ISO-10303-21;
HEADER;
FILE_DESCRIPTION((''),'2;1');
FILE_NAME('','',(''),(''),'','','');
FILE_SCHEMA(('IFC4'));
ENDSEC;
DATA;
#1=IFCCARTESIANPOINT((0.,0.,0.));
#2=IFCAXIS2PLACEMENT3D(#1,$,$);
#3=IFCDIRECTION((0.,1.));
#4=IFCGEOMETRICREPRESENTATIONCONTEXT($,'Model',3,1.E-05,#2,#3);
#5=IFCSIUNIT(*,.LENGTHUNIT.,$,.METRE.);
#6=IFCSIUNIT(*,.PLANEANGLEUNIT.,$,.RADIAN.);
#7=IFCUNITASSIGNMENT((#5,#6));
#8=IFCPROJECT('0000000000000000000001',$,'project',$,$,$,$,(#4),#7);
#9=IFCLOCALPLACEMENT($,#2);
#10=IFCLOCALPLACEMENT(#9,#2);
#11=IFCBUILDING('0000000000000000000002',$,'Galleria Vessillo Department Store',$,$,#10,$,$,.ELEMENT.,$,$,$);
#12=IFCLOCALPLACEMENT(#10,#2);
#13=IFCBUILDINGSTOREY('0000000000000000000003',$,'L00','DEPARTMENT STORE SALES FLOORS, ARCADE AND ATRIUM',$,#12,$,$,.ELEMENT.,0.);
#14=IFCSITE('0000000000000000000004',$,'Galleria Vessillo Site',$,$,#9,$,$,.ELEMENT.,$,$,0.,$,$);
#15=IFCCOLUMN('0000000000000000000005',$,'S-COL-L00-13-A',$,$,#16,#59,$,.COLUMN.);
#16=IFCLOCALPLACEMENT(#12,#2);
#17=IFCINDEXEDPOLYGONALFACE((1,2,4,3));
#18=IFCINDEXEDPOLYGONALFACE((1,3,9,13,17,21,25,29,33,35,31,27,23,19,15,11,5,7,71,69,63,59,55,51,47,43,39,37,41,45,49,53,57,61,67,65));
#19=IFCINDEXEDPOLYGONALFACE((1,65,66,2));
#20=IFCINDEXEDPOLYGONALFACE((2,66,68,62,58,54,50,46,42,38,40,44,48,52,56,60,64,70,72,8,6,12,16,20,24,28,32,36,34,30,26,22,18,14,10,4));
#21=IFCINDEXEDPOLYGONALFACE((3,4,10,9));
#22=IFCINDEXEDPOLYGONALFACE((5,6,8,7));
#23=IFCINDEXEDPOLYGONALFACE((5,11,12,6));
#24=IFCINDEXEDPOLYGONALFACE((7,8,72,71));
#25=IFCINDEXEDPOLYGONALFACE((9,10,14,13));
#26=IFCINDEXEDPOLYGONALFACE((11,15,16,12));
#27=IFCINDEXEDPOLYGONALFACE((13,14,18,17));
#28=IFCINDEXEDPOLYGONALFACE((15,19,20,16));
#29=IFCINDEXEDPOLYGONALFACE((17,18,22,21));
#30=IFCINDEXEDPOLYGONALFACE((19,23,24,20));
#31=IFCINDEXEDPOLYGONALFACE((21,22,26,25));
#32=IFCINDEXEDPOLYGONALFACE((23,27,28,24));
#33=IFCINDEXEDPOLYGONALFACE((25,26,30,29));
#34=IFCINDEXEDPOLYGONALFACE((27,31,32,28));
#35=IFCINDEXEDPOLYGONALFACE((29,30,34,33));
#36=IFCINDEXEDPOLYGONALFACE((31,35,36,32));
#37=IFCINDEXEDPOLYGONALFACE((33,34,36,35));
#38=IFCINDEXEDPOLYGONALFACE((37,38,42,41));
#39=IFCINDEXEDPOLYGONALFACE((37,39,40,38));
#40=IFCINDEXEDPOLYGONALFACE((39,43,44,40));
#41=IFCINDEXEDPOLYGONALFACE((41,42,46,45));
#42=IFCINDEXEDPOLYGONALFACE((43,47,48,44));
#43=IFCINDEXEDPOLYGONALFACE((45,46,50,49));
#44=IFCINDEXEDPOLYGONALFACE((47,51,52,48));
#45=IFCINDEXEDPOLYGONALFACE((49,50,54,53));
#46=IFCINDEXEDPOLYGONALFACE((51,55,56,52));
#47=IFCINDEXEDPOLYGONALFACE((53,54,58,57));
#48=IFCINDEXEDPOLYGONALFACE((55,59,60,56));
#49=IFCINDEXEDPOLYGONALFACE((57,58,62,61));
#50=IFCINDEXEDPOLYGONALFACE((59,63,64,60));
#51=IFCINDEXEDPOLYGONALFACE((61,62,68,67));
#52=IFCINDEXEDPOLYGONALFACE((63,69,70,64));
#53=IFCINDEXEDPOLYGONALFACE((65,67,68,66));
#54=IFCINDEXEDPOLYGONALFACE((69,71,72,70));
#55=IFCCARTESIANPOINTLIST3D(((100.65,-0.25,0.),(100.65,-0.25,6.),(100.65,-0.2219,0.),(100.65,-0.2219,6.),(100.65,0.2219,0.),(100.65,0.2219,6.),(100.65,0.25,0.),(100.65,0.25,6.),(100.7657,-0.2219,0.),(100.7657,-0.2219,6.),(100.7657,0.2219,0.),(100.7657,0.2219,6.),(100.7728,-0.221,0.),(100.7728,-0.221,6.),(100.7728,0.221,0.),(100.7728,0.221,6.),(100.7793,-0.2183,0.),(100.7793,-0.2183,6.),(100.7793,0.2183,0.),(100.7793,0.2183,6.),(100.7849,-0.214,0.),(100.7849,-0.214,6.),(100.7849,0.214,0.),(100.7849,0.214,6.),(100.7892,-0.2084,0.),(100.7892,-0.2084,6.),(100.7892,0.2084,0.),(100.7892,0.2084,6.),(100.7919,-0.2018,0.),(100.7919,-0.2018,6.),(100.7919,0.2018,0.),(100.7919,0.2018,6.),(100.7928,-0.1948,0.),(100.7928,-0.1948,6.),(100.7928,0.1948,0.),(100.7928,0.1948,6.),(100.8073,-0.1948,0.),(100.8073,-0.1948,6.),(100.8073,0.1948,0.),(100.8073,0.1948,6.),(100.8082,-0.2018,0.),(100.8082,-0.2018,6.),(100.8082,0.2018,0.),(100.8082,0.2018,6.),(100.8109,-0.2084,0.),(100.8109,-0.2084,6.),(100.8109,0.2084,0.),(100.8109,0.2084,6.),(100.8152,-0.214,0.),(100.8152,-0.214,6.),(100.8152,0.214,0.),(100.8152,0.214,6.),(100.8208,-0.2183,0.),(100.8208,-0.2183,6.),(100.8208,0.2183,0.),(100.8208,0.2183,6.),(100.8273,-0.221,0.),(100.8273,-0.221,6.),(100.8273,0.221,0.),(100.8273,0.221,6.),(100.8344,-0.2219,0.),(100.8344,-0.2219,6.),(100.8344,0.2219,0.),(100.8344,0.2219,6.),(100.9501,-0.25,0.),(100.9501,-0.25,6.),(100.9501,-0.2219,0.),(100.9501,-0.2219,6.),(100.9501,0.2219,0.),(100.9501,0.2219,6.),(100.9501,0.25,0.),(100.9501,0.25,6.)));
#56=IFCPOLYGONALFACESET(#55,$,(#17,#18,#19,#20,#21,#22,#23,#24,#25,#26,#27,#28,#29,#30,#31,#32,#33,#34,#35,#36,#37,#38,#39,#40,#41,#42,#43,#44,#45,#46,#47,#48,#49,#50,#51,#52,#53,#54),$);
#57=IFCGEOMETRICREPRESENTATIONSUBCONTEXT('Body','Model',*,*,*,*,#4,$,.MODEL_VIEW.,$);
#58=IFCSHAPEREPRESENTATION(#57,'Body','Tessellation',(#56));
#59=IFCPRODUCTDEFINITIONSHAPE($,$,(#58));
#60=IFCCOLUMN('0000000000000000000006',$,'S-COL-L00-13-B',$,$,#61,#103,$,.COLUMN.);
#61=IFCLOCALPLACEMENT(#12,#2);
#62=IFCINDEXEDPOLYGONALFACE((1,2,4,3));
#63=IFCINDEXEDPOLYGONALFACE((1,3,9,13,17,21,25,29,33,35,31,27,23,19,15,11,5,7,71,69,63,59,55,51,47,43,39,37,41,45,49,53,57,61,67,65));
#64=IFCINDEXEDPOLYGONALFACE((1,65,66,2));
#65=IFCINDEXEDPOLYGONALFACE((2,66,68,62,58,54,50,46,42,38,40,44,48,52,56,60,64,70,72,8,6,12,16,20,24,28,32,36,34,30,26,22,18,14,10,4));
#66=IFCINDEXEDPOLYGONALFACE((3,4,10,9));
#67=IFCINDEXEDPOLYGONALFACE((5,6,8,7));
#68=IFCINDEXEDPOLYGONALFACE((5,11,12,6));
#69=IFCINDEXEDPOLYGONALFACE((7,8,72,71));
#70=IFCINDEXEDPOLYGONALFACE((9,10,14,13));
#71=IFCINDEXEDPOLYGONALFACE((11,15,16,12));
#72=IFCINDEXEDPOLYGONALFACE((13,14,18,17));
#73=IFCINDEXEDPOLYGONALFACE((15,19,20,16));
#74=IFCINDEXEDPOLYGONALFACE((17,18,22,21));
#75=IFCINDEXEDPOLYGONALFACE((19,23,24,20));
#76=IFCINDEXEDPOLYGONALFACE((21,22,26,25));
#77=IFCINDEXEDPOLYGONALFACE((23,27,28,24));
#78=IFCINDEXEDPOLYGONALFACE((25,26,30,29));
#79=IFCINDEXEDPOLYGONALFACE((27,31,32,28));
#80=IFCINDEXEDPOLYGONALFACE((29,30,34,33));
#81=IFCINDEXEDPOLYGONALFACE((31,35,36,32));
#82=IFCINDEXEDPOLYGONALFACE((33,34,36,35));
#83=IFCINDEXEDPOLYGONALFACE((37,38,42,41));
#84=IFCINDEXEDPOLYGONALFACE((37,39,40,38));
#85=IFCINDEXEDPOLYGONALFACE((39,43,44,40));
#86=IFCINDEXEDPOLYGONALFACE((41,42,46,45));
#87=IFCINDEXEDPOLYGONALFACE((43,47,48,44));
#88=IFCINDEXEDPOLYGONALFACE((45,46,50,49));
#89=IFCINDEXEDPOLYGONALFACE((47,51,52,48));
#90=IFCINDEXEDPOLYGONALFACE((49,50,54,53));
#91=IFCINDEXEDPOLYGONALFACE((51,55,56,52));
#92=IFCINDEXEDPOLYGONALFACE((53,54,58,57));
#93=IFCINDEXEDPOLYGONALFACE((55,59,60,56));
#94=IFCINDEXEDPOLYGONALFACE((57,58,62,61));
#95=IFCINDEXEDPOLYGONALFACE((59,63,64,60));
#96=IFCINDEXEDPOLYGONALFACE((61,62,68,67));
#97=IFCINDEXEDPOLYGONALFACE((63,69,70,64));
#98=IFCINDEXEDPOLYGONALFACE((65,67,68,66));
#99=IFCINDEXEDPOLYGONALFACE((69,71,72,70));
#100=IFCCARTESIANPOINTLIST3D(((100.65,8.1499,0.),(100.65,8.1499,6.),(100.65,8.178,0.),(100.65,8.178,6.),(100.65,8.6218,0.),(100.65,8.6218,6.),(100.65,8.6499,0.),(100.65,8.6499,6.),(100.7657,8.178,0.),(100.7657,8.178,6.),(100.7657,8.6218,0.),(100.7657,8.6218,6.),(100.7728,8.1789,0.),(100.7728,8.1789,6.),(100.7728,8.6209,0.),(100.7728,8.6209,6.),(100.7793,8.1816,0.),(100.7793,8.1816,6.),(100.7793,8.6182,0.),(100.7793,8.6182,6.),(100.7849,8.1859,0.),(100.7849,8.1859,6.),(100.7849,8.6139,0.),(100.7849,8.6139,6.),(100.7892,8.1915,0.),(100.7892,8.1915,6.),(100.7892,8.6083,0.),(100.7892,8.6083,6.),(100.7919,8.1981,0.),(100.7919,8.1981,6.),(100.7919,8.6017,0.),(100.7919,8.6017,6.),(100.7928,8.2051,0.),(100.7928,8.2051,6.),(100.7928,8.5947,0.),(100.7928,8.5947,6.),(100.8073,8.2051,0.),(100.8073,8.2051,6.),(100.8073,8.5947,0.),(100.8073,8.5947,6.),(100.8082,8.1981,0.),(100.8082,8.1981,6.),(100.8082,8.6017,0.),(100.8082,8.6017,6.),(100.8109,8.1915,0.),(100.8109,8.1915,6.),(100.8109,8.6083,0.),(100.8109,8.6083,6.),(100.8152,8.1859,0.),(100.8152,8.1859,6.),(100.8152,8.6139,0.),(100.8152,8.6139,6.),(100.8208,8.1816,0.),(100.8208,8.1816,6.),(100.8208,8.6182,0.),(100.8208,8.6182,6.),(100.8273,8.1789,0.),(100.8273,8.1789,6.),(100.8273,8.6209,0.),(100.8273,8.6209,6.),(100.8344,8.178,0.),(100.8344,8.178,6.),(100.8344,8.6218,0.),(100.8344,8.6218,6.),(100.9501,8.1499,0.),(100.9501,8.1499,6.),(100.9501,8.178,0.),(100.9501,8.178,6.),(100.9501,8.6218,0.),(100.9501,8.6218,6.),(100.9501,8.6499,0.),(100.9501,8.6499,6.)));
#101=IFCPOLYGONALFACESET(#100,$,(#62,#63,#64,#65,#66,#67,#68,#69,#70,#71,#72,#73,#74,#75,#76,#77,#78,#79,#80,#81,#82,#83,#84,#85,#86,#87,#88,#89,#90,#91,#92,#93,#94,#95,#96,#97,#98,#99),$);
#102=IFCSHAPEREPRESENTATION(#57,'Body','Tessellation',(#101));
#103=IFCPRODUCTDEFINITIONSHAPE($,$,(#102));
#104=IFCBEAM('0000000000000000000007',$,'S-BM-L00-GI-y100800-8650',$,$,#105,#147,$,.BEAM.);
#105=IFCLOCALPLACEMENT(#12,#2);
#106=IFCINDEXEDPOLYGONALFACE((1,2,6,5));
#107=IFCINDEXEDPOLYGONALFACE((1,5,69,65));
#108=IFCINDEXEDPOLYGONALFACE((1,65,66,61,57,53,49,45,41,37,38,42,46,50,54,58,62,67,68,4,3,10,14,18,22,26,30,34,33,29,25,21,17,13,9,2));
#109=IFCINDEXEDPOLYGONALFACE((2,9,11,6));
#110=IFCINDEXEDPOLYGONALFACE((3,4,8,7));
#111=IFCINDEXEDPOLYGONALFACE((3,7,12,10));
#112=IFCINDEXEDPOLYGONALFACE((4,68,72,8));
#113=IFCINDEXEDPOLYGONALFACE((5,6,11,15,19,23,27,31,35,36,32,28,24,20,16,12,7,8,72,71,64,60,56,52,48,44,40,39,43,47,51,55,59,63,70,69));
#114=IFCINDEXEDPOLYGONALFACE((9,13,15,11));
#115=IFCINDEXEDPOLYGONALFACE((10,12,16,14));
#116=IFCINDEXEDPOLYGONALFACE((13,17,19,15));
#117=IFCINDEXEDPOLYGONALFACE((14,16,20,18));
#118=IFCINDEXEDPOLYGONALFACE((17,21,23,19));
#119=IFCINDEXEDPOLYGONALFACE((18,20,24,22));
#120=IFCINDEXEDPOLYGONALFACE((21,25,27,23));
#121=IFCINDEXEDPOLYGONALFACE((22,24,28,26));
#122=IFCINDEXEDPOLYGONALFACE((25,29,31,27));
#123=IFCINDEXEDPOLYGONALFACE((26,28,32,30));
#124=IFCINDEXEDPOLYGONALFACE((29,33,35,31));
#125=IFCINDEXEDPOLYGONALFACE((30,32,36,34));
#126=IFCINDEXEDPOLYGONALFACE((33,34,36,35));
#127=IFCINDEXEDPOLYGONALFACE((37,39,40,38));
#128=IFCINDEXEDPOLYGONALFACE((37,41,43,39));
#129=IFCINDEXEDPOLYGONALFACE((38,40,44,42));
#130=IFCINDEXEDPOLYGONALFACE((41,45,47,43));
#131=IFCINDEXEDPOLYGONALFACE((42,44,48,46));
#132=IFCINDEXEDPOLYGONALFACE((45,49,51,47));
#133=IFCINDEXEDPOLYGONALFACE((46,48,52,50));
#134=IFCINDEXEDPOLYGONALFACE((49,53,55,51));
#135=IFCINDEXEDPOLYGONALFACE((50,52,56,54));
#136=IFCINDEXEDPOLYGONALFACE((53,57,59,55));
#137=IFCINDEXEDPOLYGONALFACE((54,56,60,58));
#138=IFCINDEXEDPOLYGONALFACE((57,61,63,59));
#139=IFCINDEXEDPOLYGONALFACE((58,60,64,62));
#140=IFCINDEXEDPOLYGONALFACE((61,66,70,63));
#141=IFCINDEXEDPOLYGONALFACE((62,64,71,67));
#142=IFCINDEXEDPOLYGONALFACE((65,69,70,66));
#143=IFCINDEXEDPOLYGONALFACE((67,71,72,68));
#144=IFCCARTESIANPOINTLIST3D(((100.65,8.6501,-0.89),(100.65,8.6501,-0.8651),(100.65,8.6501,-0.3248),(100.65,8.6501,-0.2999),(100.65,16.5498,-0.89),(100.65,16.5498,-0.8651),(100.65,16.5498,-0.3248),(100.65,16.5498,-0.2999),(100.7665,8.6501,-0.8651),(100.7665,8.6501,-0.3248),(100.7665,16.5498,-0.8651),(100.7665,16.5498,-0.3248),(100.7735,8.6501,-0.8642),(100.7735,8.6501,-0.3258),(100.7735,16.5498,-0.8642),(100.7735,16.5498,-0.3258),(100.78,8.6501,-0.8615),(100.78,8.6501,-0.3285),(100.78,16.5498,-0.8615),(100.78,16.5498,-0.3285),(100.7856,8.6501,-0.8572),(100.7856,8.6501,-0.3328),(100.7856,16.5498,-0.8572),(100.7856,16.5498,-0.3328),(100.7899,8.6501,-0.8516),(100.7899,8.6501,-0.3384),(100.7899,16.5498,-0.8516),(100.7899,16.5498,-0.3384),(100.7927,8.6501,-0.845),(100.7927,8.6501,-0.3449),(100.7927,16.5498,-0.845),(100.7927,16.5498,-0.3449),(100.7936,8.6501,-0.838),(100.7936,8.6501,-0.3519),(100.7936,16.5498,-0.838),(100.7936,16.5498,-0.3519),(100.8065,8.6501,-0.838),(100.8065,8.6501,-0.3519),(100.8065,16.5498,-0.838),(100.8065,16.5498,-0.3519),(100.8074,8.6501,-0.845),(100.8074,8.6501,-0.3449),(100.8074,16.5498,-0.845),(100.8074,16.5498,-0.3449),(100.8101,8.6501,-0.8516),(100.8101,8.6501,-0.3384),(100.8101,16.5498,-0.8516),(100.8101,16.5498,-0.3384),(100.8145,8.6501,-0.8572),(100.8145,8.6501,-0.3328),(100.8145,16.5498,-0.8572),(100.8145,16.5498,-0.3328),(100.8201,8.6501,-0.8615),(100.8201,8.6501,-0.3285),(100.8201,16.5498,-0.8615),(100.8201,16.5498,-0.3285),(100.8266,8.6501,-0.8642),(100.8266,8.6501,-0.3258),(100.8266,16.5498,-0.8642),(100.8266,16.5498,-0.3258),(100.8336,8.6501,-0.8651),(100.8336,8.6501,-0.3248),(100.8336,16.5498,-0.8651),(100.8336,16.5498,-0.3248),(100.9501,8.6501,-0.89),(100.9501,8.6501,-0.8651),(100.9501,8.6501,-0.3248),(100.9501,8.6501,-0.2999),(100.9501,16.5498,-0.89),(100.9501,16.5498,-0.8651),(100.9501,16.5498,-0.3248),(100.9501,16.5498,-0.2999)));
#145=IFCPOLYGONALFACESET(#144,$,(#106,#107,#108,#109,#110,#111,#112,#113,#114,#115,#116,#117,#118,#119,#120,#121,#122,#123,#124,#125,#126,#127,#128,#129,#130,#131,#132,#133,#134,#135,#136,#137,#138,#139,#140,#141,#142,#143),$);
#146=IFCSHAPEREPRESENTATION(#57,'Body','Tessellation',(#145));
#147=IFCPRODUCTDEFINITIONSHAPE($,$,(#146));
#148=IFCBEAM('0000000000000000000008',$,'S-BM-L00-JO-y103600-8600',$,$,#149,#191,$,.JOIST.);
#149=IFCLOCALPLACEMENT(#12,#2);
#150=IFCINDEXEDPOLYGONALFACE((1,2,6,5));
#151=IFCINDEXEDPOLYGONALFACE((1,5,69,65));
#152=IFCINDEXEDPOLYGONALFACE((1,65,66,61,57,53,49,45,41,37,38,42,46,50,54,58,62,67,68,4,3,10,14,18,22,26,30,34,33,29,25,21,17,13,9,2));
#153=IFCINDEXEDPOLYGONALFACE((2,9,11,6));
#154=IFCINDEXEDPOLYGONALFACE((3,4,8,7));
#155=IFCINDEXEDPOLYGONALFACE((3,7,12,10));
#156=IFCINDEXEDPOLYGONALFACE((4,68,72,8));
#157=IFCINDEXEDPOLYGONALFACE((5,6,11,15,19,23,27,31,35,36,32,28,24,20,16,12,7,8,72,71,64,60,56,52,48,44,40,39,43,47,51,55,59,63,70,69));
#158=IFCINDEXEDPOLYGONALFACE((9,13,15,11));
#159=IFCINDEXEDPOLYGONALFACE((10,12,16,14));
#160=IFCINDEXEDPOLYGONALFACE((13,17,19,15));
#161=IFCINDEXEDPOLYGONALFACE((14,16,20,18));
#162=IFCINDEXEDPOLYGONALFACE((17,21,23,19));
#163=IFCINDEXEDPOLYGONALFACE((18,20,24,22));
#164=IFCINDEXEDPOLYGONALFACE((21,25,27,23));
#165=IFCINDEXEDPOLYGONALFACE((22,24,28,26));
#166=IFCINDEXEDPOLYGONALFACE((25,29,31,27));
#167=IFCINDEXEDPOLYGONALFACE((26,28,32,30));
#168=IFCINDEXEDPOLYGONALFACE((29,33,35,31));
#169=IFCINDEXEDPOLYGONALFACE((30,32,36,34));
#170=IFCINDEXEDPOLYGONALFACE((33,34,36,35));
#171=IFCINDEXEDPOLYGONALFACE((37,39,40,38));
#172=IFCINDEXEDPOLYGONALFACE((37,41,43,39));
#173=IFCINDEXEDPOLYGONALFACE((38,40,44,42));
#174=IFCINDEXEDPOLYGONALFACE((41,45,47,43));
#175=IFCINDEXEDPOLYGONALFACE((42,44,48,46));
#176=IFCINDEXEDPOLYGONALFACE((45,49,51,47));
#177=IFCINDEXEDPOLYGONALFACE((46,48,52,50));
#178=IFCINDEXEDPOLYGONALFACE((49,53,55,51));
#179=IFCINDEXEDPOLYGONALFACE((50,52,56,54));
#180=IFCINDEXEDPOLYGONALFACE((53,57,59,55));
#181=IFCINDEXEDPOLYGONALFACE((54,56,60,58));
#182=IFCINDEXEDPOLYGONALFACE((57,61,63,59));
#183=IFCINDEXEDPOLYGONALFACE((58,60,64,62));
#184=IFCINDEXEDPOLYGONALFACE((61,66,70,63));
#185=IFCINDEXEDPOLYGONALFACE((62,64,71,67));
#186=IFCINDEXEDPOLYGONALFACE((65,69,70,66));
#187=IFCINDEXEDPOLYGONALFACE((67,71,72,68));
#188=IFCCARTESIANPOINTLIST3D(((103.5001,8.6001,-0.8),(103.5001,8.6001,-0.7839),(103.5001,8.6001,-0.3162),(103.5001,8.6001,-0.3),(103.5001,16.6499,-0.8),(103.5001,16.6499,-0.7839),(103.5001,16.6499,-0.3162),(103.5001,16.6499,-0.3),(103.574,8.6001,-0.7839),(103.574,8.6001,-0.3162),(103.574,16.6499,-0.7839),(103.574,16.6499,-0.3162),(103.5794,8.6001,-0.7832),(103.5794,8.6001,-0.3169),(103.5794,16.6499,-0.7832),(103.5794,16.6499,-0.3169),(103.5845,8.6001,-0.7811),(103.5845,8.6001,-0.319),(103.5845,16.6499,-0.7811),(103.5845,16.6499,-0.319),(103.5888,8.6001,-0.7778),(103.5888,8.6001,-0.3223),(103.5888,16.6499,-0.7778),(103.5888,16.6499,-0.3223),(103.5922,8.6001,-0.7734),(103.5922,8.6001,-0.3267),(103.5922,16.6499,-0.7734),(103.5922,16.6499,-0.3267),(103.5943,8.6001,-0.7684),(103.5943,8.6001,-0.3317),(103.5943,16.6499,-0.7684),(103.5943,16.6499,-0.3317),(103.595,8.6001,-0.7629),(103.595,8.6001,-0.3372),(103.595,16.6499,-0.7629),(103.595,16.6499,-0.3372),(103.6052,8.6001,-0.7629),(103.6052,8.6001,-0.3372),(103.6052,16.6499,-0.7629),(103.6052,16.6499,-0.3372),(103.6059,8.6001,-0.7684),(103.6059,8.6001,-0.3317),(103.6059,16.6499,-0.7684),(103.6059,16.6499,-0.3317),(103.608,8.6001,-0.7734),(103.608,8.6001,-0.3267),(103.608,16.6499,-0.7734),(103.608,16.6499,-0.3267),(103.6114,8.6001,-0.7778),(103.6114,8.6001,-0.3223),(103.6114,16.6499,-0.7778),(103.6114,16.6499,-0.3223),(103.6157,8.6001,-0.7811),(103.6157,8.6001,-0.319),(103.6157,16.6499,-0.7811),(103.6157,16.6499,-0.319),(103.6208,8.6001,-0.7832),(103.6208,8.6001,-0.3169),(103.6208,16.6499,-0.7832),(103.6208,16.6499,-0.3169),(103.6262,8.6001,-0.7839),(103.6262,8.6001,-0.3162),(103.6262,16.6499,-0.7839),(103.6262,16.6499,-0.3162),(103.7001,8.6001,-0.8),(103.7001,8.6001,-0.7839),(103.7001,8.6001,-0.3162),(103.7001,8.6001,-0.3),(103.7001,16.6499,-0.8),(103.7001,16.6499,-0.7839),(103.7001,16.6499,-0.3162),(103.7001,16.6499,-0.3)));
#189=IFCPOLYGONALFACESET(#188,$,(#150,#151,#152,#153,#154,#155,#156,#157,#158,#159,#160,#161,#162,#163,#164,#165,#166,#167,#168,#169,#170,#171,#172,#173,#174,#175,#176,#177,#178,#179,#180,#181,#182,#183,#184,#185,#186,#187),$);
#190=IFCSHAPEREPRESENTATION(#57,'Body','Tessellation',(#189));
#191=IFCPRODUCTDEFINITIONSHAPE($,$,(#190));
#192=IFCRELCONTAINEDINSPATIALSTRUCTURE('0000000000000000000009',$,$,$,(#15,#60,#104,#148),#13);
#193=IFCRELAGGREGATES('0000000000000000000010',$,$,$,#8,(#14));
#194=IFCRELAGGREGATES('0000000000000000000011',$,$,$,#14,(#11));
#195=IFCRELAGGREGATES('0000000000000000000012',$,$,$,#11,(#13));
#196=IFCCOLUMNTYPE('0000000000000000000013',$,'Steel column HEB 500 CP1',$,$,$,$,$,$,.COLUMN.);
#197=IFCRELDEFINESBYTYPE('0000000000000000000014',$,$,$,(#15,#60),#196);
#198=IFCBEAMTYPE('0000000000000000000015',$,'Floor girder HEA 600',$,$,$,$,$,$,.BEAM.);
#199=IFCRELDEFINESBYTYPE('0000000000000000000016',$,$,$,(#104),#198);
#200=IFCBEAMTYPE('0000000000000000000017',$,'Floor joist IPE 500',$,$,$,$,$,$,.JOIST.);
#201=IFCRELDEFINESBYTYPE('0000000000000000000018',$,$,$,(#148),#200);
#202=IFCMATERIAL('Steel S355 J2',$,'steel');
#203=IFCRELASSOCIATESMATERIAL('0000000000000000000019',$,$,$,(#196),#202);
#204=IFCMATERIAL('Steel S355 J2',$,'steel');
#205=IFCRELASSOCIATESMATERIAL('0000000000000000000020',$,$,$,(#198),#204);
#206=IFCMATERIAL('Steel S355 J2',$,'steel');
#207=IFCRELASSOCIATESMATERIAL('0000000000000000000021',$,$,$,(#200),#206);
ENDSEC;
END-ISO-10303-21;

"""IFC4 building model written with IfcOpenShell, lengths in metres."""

from ifc_helpers import new_model, si_unit, direction, frame, origin, origin_2d, place, context, subcontext, project, spatial, i_section, extrude, material, material_profile, profile_set, type_object, element, save


model = new_model("IFC4")

# Units and contexts
model_context = context("Model", 3, precision=1e-05, world=origin(), true_north=direction((0.0, 1.0)))
body_context = subcontext(model_context, "Body", "Model", "MODEL_VIEW")
ifc_project = project(units=[si_unit("LENGTHUNIT", "METRE"), si_unit("PLANEANGLEUNIT", "RADIAN")], contexts=[model_context])

# Site, building, storey
site_placement = place(None, origin())
site = spatial("IfcSite", under=ifc_project, at=site_placement, Name="Galleria Vessillo Site", CompositionType="ELEMENT", RefElevation=0.0)
building_placement = place(site_placement, origin())
building = spatial("IfcBuilding", under=site, at=building_placement, Name="Galleria Vessillo Department Store", CompositionType="ELEMENT")
storey_placement = place(building_placement, origin())
storey = spatial("IfcBuildingStorey", under=building, at=storey_placement, Name="L00", Description="DEPARTMENT STORE SALES FLOORS, ARCADE AND ATRIUM", CompositionType="ELEMENT", Elevation=0.0)

# Columns
ifc_material_1 = material(Name="Steel S355 J2", Category="steel")
ifc_material_profile_1 = material_profile(ifc_material_1, i_section(OverallWidth=0.3, OverallDepth=0.5, WebThickness=0.0144, FlangeThickness=0.0281, FilletRadius=0.0271, at=origin_2d()), Name="HEB 500")
ifc_profile_set_1 = profile_set([ifc_material_profile_1], Name="Steel S355 J2")
column_type = type_object("IfcColumnType", Name="Steel column HEB 500 CP1", PredefinedType="COLUMN", material=ifc_profile_set_1)
for number, where, z_axis, x_axis, name in (
    (1, (100.8, 0.0, 0.0), (0.0, 0.0, 1.0), (1.0, 0.0, 0.0), "S-COL-L00-13-A"),
    (2, (100.8, 8.3999, 0.0), (0.0, 0.0, 1.0), (1.0, 0.0, 0.0), "S-COL-L00-13-B"),
):
    element("IfcColumn", number, at=place(storey_placement, frame(where, z_axis=z_axis, x_axis=x_axis)), inside=storey, type_object=column_type, Name=name, PredefinedType="COLUMN", context=body_context, shape_type="SweptSolid", body=[
        extrude(i_section(OverallWidth=0.3, OverallDepth=0.5, WebThickness=0.0144, FlangeThickness=0.0281, FilletRadius=0.0271, at=origin_2d()), origin(), (0.0, 0.0, 1.0), 6.0),
    ])

# Beams
ifc_material_2 = material(Name="Steel S355 J2", Category="steel")
ifc_material_profile_2 = material_profile(ifc_material_2, i_section(OverallWidth=0.3, OverallDepth=0.5901, WebThickness=0.0129, FlangeThickness=0.0249, FilletRadius=0.0271, at=origin_2d()), Name="HEA 600")
ifc_profile_set_2 = profile_set([ifc_material_profile_2], Name="Steel S355 J2")
beam_type_1 = type_object("IfcBeamType", Name="Floor girder HEA 600", PredefinedType="BEAM", material=ifc_profile_set_2)
beam_placement = place(storey_placement, frame((100.8, 8.6501, -0.595), z_axis=(0.0, 1.0, 0.0), x_axis=(-1.0, 0.0, 0.0)))
element("IfcBeam", 3, at=beam_placement, inside=storey, type_object=beam_type_1, Name="S-BM-L00-GI-y100800-8650", PredefinedType="BEAM", context=body_context, shape_type="SweptSolid", body=[
    extrude(i_section(OverallWidth=0.3, OverallDepth=0.5901, WebThickness=0.0129, FlangeThickness=0.0249, FilletRadius=0.0271, at=origin_2d()), origin(), (0.0, 0.0, 1.0), 7.8997),
])
ifc_material_3 = material(Name="Steel S355 J2", Category="steel")
ifc_material_profile_3 = material_profile(ifc_material_3, i_section(OverallWidth=0.2, OverallDepth=0.5, WebThickness=0.0103, FlangeThickness=0.0161, FilletRadius=0.021, at=origin_2d()), Name="IPE 500")
ifc_profile_set_3 = profile_set([ifc_material_profile_3], Name="Steel S355 J2")
beam_type_2 = type_object("IfcBeamType", Name="Floor joist IPE 500", PredefinedType="JOIST", material=ifc_profile_set_3)
for number, where, z_axis, x_axis, name in (
    (4, (103.6001, 8.6001, -0.55), (0.0, 1.0, 0.0), (-1.0, 0.0, 0.0), "S-BM-L00-JO-y103600-8600"),
):
    element("IfcBeam", number, at=place(storey_placement, frame(where, z_axis=z_axis, x_axis=x_axis)), inside=storey, type_object=beam_type_2, Name=name, PredefinedType="JOIST", context=body_context, shape_type="SweptSolid", body=[
        extrude(i_section(OverallWidth=0.2, OverallDepth=0.5, WebThickness=0.0103, FlangeThickness=0.0161, FilletRadius=0.021, at=origin_2d()), origin(), (0.0, 0.0, 1.0), 8.0498),
    ])

save(model, "model.ifc")
